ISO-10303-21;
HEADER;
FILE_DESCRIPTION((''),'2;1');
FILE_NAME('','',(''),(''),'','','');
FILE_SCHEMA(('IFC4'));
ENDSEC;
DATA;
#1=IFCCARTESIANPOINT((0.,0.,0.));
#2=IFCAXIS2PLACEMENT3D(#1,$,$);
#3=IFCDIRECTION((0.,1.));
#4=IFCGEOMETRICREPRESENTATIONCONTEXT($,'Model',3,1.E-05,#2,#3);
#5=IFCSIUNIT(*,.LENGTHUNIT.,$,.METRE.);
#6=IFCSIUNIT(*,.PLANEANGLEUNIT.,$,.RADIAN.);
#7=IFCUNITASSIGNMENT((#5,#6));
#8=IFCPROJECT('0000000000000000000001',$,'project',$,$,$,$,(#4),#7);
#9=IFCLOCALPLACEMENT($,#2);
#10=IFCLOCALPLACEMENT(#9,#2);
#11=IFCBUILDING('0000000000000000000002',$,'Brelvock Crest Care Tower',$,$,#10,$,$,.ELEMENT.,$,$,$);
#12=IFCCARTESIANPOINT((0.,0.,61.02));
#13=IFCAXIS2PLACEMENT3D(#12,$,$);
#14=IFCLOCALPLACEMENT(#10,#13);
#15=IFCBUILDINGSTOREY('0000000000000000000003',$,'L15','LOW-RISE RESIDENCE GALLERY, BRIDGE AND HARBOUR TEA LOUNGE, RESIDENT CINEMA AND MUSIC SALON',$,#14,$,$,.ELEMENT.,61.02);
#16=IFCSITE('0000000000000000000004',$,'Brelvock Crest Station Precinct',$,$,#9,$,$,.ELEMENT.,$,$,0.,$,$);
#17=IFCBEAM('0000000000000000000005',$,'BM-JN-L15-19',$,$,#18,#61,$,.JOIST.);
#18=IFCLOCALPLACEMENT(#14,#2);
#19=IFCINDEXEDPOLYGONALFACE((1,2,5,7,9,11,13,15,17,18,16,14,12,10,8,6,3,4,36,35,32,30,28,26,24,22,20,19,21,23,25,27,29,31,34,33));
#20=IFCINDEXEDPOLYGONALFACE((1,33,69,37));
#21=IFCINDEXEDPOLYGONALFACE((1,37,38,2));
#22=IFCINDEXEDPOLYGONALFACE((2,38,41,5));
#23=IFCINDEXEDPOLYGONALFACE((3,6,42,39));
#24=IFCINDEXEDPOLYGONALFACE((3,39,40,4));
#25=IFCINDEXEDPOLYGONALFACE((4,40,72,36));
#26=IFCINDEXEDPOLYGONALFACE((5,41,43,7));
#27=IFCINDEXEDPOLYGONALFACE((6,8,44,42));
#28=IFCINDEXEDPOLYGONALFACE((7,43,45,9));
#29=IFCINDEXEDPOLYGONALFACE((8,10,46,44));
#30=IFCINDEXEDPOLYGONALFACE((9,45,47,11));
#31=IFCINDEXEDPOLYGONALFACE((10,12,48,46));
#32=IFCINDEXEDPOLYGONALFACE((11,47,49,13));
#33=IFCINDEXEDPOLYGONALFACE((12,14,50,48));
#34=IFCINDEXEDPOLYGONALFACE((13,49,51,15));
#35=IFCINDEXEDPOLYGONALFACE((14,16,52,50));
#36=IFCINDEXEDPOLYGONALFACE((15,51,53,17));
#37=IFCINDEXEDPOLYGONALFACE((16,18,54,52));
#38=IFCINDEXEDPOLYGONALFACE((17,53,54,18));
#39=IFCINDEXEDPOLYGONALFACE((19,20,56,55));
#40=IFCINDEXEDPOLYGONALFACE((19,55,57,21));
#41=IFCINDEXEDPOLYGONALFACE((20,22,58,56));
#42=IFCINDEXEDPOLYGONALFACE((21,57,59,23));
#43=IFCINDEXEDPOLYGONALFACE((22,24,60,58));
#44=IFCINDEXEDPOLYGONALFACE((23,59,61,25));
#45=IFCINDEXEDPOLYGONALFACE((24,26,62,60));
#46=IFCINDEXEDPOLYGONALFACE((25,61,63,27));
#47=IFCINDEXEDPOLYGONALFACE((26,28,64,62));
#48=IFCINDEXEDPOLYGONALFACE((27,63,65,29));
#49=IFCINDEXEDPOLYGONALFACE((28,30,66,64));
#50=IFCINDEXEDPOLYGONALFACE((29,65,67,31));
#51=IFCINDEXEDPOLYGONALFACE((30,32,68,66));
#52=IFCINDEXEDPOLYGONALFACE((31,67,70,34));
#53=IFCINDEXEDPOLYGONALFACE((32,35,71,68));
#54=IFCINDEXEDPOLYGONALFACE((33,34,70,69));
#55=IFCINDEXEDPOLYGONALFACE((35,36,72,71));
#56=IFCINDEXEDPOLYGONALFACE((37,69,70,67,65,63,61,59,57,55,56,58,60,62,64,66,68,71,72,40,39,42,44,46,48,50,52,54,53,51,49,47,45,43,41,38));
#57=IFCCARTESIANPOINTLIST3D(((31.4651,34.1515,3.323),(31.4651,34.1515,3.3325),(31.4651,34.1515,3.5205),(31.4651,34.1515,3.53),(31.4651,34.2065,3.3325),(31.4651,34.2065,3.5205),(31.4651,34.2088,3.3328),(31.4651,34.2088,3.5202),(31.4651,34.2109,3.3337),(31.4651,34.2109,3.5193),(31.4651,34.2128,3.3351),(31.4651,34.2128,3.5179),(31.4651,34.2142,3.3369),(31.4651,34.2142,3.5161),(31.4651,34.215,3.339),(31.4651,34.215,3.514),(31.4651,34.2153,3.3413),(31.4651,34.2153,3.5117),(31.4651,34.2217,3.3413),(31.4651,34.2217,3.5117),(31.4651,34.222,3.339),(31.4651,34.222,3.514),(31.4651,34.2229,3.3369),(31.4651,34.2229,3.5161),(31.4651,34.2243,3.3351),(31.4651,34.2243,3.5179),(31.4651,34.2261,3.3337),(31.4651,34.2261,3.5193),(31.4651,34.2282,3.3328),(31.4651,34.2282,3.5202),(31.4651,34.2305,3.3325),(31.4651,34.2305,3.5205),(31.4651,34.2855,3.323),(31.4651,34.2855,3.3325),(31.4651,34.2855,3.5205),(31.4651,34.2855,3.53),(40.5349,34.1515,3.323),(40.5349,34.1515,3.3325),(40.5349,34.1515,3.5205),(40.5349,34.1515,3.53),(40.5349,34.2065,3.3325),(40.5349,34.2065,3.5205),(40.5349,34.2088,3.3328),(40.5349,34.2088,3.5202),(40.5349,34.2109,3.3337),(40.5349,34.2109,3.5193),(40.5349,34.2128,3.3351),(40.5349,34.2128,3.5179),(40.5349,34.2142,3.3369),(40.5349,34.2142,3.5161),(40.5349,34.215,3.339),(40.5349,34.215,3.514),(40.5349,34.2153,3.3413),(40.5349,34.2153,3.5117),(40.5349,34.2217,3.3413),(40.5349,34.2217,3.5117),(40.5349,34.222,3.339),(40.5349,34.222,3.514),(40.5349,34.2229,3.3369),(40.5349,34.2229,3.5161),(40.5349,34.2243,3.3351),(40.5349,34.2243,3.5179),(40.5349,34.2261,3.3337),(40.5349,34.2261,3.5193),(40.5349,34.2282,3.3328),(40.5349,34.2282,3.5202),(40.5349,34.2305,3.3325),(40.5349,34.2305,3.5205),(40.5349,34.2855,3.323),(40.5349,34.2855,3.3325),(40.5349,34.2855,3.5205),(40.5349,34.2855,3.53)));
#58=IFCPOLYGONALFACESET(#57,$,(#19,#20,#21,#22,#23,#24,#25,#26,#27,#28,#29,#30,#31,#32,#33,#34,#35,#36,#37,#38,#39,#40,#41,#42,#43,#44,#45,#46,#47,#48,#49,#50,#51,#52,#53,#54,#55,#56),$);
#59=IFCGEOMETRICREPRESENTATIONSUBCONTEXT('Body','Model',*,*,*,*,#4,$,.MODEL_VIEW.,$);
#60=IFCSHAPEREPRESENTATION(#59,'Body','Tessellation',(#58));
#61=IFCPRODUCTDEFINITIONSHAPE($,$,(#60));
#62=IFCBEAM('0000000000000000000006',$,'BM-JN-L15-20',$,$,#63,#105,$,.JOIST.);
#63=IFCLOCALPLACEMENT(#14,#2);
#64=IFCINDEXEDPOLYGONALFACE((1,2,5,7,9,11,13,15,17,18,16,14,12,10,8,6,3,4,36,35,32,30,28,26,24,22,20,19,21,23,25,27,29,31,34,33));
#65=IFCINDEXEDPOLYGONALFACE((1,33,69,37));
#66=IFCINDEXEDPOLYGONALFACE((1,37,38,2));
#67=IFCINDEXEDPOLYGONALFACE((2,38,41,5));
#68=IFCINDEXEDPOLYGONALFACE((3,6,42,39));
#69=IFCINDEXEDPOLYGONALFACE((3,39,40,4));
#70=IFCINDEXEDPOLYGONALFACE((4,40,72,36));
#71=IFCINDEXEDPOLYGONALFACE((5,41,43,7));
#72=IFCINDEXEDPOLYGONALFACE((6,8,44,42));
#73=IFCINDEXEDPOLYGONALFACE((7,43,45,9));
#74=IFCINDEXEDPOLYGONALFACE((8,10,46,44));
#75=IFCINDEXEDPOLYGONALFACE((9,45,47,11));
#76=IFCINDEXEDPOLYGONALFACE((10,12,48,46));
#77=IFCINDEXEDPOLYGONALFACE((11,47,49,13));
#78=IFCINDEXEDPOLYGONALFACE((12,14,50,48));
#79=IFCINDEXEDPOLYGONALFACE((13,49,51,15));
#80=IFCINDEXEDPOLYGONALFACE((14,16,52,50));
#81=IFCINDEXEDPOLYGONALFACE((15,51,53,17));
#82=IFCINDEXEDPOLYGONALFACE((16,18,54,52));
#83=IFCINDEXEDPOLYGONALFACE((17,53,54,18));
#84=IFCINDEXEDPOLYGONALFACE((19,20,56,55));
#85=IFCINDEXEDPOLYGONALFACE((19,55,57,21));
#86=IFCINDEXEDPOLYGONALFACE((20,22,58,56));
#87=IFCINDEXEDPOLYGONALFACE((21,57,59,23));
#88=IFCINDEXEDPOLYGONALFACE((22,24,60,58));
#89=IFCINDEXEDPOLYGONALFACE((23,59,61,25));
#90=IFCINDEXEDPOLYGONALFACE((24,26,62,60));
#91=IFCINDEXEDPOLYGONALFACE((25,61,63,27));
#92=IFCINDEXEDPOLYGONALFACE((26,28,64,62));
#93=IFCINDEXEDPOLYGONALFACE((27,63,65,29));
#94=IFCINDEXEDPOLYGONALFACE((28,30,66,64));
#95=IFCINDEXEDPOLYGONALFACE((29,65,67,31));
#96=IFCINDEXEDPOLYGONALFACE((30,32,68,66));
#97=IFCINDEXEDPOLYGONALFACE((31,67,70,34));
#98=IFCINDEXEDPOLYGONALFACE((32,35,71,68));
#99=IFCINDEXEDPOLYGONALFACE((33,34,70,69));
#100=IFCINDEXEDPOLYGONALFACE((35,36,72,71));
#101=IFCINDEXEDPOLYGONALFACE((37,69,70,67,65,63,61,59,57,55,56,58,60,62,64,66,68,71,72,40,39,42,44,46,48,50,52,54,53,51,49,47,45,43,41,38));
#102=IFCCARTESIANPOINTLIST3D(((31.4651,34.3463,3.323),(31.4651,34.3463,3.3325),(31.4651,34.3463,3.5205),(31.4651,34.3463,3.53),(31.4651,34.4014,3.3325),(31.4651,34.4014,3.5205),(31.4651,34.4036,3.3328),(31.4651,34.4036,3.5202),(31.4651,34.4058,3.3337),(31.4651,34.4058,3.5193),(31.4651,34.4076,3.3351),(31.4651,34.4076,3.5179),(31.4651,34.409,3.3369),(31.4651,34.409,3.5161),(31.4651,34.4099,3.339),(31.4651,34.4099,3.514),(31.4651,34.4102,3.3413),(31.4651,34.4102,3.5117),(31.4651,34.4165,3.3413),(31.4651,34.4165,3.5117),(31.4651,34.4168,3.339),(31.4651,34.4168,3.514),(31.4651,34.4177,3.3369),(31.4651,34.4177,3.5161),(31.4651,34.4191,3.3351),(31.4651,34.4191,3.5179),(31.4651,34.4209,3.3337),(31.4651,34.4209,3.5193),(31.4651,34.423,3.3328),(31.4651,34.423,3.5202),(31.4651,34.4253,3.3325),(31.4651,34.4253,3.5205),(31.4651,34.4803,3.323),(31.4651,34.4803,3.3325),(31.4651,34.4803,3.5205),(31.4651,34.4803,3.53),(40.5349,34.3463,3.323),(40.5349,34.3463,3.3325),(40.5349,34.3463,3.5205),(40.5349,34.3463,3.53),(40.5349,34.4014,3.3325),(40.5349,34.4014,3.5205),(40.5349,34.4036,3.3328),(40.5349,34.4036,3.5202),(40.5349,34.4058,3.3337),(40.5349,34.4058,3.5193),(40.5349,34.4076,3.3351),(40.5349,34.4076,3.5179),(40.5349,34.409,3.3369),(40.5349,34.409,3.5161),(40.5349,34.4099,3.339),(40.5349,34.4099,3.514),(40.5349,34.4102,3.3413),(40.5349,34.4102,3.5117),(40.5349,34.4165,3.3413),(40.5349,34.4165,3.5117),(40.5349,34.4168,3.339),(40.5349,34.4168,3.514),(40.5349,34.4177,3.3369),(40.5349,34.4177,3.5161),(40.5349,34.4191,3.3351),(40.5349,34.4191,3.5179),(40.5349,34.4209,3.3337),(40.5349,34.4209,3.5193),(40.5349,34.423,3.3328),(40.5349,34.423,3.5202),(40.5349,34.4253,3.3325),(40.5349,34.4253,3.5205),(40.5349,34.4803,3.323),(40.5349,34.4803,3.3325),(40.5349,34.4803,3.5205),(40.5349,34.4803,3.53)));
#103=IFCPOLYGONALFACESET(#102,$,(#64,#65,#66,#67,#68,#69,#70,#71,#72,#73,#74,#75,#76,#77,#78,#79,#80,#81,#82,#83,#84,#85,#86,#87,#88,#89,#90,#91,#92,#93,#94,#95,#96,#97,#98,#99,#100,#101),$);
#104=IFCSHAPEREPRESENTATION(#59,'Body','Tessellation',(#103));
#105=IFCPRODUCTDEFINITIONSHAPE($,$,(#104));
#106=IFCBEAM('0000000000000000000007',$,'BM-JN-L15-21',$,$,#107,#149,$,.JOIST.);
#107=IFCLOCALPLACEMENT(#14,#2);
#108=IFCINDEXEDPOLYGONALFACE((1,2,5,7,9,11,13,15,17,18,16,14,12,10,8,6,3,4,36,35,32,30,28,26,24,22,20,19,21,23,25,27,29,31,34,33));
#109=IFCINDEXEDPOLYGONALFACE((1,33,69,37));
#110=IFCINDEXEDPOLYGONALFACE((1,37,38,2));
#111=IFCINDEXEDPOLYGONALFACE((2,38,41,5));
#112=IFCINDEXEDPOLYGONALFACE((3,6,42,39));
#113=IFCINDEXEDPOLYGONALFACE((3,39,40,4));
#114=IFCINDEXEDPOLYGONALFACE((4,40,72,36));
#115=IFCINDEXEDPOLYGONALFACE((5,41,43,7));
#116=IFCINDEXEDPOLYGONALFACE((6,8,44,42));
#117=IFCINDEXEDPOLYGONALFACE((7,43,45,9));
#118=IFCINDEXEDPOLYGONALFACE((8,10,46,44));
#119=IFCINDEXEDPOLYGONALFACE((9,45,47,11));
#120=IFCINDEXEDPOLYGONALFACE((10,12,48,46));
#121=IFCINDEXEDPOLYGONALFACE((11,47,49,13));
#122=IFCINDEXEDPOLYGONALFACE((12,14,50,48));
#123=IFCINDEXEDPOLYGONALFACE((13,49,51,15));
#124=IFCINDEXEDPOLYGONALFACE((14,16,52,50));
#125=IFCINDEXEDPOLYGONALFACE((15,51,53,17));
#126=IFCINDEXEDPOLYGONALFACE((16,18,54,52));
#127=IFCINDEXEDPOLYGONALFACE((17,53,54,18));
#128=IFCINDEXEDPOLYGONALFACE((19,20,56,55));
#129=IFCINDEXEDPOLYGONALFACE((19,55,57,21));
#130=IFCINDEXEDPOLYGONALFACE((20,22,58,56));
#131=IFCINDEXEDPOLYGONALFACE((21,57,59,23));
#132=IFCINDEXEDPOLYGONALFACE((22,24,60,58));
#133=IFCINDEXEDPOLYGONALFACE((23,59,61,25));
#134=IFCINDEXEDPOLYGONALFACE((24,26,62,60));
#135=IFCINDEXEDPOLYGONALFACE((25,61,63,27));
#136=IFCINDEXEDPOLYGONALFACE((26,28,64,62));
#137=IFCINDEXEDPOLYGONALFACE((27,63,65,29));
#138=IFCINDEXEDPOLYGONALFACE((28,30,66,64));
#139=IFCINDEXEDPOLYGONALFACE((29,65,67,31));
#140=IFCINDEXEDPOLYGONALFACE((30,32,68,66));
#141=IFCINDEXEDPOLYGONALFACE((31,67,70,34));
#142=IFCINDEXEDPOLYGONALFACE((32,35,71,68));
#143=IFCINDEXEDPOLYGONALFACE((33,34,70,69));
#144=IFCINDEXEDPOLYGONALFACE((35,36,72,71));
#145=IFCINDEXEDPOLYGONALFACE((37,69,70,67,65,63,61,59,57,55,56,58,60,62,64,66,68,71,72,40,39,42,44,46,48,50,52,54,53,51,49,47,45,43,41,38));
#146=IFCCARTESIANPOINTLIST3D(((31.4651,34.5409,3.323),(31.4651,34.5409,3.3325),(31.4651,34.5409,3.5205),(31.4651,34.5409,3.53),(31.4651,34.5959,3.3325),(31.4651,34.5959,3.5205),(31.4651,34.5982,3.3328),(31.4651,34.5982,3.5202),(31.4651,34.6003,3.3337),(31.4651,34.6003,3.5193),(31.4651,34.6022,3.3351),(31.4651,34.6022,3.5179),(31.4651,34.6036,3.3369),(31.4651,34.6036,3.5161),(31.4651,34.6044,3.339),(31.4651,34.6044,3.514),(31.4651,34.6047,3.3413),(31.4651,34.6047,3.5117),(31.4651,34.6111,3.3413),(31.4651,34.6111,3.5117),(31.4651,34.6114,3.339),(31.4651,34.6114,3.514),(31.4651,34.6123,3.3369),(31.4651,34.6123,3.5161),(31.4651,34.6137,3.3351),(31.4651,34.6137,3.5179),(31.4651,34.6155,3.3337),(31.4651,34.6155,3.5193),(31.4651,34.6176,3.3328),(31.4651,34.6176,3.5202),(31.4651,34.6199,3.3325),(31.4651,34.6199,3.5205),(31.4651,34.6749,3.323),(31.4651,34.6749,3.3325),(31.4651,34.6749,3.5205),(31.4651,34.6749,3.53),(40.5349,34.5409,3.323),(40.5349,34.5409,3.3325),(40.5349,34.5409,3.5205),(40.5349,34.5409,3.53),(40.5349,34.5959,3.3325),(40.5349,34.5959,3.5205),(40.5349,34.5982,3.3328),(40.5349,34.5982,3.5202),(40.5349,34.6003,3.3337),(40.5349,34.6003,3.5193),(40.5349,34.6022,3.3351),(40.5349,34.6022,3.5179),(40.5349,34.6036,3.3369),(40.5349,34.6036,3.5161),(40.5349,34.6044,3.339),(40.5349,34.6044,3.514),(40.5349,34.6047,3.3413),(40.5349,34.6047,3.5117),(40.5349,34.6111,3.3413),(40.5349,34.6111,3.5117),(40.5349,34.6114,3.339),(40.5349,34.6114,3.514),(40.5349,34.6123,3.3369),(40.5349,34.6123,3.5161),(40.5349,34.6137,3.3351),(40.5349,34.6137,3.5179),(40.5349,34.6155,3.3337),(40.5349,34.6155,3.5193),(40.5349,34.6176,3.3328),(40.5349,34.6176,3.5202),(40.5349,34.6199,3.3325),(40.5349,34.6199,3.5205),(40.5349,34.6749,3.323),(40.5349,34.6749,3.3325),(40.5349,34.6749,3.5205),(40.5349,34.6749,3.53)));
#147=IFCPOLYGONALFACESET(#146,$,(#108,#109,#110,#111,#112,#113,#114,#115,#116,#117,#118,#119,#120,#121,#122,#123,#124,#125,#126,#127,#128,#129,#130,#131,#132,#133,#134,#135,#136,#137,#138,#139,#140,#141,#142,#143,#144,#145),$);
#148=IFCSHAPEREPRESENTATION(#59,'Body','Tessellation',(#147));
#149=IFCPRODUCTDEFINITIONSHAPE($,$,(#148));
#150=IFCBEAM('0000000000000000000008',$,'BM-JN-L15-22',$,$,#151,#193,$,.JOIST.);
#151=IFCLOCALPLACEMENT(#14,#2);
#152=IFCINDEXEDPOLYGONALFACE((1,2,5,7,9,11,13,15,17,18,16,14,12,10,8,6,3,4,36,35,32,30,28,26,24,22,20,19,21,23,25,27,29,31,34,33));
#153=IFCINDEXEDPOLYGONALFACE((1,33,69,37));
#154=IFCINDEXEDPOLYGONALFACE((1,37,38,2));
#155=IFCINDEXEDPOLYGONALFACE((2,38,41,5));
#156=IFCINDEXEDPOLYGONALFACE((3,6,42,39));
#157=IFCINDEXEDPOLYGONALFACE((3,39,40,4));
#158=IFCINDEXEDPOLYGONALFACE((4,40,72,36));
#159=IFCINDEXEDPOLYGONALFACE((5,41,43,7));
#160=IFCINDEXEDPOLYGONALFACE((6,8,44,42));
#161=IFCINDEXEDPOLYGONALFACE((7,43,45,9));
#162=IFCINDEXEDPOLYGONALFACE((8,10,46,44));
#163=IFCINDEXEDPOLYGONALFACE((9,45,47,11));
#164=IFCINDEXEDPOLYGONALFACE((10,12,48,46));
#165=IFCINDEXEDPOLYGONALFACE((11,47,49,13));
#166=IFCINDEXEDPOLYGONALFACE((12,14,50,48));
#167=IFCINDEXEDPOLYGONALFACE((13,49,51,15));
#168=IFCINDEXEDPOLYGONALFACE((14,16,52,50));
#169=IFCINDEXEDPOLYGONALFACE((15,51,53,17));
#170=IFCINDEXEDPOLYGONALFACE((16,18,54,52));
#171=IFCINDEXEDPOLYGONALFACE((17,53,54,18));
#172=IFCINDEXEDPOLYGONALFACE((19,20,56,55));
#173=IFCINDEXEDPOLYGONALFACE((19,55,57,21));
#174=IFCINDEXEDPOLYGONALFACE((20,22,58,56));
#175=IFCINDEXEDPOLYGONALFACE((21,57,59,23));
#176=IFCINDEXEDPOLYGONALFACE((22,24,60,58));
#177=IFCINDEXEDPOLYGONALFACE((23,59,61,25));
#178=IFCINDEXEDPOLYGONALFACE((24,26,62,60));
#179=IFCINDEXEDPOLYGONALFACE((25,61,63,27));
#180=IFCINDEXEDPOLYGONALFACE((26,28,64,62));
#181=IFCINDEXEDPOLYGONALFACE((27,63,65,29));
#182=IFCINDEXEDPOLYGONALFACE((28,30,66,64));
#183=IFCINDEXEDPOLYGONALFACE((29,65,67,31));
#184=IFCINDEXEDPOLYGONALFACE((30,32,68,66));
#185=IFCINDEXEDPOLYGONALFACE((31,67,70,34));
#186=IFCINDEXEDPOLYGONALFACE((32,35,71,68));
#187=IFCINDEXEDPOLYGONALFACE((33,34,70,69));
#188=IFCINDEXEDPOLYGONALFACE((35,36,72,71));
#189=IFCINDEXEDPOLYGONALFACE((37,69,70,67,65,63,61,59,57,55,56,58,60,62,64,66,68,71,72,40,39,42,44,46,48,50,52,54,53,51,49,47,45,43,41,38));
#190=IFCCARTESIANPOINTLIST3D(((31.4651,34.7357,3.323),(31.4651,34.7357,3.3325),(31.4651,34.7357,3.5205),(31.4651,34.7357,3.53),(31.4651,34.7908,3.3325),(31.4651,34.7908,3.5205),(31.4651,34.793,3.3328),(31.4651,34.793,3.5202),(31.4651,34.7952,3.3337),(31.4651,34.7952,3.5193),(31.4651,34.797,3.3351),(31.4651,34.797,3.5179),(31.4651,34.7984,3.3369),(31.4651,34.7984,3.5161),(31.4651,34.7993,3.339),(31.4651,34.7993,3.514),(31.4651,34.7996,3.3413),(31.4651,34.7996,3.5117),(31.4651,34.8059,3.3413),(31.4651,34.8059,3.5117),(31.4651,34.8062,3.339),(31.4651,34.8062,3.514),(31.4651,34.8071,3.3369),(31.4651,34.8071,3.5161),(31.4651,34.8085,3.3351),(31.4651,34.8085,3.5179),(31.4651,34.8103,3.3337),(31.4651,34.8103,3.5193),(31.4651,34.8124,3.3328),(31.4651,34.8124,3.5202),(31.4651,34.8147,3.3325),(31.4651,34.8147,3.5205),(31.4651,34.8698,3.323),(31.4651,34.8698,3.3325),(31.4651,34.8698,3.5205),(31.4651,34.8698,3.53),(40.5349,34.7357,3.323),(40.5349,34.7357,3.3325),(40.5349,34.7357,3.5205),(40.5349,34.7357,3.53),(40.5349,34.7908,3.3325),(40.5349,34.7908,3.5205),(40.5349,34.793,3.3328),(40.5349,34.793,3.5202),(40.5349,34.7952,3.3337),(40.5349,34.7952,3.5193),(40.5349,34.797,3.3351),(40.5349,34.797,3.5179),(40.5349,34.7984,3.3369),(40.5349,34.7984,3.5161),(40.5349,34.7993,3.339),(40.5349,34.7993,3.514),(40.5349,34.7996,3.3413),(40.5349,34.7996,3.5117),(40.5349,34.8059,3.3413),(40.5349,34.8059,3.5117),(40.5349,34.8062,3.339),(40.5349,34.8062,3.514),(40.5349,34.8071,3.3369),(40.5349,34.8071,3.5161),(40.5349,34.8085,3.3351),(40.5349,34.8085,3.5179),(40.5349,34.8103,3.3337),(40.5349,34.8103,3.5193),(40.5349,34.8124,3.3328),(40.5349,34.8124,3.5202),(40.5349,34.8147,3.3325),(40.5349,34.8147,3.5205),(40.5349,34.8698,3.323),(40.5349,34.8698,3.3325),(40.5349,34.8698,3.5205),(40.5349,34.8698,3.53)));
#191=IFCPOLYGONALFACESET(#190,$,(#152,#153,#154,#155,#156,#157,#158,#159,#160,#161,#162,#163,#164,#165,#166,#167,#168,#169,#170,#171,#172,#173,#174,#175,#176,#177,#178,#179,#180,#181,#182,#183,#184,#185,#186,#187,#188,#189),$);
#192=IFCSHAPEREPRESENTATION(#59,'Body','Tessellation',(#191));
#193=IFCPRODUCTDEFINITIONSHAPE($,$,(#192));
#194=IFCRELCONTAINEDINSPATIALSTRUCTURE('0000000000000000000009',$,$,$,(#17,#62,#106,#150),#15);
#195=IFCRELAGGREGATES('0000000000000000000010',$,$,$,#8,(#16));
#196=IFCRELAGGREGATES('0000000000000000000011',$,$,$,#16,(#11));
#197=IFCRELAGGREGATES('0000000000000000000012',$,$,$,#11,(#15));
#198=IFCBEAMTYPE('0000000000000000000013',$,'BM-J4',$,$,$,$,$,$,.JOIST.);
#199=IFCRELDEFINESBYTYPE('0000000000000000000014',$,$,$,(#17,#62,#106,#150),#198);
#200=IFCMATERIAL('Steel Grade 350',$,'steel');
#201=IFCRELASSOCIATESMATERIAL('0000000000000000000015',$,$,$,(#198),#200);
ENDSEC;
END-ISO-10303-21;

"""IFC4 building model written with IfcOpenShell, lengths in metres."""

from ifc_helpers import new_model, si_unit, direction, frame, origin, origin_2d, place, context, subcontext, project, spatial, i_section, extrude, source, transform, mapped, material, material_profile, profile_set, type_object, element, save


model = new_model("IFC4")

# Units and contexts
model_context = context("Model", 3, precision=1e-05, world=origin(), true_north=direction((0.0, 1.0)))
body_context = subcontext(model_context, "Body", "Model", "MODEL_VIEW")
ifc_project = project(units=[si_unit("LENGTHUNIT", "METRE"), si_unit("PLANEANGLEUNIT", "RADIAN")], contexts=[model_context])

# Site, building, storey
site_placement = place(None, origin())
site = spatial("IfcSite", under=ifc_project, at=site_placement, Name="Brelvock Crest Station Precinct", CompositionType="ELEMENT", RefElevation=0.0)
building_placement = place(site_placement, origin())
building = spatial("IfcBuilding", under=site, at=building_placement, Name="Brelvock Crest Care Tower", CompositionType="ELEMENT")
storey_placement = place(building_placement, frame((0.0, 0.0, 61.02)))
storey = spatial("IfcBuildingStorey", under=building, at=storey_placement, Name="L15", Description="LOW-RISE RESIDENCE GALLERY, BRIDGE AND HARBOUR TEA LOUNGE, RESIDENT CINEMA AND MUSIC SALON", CompositionType="ELEMENT", Elevation=61.02)

# Shared definitions
ifc_material_1 = material(Name="Steel Grade 350", Category="steel")

# Beams
ifc_material_profile_1 = material_profile(ifc_material_1, i_section(OverallWidth=0.134, OverallDepth=0.207, WebThickness=0.0063, FlangeThickness=0.0095, FilletRadius=0.0088, at=origin_2d()), Name="200UB29.8")
ifc_profile_set_1 = profile_set([ifc_material_profile_1], Name="Steel Grade 350")
beam_type_1 = type_object("IfcBeamType", Name="BM-J4", PredefinedType="JOIST", material=ifc_profile_set_1)
shared_shape_1 = source(origin(), body_context, "Body", "SweptSolid", [
    extrude(i_section(OverallWidth=0.134, OverallDepth=0.207, WebThickness=0.0063, FlangeThickness=0.0095, FilletRadius=0.0088, at=origin_2d()), origin(), (0.0, 0.0, 1.0), 9.0698),
])
for number, where, z_axis, x_axis, name in (
    (1, (31.4651, 34.2185, 3.4265), (1.0, 0.0, 0.0), (0.0, 1.0, 0.0), "BM-JN-L15-19"),
    (2, (31.4651, 34.4133, 3.4265), (1.0, 0.0, 0.0), (0.0, 1.0, 0.0), "BM-JN-L15-20"),
    (3, (31.4651, 34.6079, 3.4265), (1.0, 0.0, 0.0), (0.0, 1.0, 0.0), "BM-JN-L15-21"),
    (4, (31.4651, 34.8027, 3.4265), (1.0, 0.0, 0.0), (0.0, 1.0, 0.0), "BM-JN-L15-22"),
):
    element("IfcBeam", number, at=place(storey_placement, frame(where, z_axis=z_axis, x_axis=x_axis)), inside=storey, type_object=beam_type_1, Name=name, PredefinedType="JOIST", context=body_context, shape_type="MappedRepresentation", body=[
        mapped(shared_shape_1, transform((0.0, 0.0, 0.0), x_axis=(1.0, 0.0, 0.0), y_axis=(0.0, 1.0, 0.0), z_axis=(0.0, 0.0, 1.0), scale=1.0)),
    ])

save(model, "model.ifc")
